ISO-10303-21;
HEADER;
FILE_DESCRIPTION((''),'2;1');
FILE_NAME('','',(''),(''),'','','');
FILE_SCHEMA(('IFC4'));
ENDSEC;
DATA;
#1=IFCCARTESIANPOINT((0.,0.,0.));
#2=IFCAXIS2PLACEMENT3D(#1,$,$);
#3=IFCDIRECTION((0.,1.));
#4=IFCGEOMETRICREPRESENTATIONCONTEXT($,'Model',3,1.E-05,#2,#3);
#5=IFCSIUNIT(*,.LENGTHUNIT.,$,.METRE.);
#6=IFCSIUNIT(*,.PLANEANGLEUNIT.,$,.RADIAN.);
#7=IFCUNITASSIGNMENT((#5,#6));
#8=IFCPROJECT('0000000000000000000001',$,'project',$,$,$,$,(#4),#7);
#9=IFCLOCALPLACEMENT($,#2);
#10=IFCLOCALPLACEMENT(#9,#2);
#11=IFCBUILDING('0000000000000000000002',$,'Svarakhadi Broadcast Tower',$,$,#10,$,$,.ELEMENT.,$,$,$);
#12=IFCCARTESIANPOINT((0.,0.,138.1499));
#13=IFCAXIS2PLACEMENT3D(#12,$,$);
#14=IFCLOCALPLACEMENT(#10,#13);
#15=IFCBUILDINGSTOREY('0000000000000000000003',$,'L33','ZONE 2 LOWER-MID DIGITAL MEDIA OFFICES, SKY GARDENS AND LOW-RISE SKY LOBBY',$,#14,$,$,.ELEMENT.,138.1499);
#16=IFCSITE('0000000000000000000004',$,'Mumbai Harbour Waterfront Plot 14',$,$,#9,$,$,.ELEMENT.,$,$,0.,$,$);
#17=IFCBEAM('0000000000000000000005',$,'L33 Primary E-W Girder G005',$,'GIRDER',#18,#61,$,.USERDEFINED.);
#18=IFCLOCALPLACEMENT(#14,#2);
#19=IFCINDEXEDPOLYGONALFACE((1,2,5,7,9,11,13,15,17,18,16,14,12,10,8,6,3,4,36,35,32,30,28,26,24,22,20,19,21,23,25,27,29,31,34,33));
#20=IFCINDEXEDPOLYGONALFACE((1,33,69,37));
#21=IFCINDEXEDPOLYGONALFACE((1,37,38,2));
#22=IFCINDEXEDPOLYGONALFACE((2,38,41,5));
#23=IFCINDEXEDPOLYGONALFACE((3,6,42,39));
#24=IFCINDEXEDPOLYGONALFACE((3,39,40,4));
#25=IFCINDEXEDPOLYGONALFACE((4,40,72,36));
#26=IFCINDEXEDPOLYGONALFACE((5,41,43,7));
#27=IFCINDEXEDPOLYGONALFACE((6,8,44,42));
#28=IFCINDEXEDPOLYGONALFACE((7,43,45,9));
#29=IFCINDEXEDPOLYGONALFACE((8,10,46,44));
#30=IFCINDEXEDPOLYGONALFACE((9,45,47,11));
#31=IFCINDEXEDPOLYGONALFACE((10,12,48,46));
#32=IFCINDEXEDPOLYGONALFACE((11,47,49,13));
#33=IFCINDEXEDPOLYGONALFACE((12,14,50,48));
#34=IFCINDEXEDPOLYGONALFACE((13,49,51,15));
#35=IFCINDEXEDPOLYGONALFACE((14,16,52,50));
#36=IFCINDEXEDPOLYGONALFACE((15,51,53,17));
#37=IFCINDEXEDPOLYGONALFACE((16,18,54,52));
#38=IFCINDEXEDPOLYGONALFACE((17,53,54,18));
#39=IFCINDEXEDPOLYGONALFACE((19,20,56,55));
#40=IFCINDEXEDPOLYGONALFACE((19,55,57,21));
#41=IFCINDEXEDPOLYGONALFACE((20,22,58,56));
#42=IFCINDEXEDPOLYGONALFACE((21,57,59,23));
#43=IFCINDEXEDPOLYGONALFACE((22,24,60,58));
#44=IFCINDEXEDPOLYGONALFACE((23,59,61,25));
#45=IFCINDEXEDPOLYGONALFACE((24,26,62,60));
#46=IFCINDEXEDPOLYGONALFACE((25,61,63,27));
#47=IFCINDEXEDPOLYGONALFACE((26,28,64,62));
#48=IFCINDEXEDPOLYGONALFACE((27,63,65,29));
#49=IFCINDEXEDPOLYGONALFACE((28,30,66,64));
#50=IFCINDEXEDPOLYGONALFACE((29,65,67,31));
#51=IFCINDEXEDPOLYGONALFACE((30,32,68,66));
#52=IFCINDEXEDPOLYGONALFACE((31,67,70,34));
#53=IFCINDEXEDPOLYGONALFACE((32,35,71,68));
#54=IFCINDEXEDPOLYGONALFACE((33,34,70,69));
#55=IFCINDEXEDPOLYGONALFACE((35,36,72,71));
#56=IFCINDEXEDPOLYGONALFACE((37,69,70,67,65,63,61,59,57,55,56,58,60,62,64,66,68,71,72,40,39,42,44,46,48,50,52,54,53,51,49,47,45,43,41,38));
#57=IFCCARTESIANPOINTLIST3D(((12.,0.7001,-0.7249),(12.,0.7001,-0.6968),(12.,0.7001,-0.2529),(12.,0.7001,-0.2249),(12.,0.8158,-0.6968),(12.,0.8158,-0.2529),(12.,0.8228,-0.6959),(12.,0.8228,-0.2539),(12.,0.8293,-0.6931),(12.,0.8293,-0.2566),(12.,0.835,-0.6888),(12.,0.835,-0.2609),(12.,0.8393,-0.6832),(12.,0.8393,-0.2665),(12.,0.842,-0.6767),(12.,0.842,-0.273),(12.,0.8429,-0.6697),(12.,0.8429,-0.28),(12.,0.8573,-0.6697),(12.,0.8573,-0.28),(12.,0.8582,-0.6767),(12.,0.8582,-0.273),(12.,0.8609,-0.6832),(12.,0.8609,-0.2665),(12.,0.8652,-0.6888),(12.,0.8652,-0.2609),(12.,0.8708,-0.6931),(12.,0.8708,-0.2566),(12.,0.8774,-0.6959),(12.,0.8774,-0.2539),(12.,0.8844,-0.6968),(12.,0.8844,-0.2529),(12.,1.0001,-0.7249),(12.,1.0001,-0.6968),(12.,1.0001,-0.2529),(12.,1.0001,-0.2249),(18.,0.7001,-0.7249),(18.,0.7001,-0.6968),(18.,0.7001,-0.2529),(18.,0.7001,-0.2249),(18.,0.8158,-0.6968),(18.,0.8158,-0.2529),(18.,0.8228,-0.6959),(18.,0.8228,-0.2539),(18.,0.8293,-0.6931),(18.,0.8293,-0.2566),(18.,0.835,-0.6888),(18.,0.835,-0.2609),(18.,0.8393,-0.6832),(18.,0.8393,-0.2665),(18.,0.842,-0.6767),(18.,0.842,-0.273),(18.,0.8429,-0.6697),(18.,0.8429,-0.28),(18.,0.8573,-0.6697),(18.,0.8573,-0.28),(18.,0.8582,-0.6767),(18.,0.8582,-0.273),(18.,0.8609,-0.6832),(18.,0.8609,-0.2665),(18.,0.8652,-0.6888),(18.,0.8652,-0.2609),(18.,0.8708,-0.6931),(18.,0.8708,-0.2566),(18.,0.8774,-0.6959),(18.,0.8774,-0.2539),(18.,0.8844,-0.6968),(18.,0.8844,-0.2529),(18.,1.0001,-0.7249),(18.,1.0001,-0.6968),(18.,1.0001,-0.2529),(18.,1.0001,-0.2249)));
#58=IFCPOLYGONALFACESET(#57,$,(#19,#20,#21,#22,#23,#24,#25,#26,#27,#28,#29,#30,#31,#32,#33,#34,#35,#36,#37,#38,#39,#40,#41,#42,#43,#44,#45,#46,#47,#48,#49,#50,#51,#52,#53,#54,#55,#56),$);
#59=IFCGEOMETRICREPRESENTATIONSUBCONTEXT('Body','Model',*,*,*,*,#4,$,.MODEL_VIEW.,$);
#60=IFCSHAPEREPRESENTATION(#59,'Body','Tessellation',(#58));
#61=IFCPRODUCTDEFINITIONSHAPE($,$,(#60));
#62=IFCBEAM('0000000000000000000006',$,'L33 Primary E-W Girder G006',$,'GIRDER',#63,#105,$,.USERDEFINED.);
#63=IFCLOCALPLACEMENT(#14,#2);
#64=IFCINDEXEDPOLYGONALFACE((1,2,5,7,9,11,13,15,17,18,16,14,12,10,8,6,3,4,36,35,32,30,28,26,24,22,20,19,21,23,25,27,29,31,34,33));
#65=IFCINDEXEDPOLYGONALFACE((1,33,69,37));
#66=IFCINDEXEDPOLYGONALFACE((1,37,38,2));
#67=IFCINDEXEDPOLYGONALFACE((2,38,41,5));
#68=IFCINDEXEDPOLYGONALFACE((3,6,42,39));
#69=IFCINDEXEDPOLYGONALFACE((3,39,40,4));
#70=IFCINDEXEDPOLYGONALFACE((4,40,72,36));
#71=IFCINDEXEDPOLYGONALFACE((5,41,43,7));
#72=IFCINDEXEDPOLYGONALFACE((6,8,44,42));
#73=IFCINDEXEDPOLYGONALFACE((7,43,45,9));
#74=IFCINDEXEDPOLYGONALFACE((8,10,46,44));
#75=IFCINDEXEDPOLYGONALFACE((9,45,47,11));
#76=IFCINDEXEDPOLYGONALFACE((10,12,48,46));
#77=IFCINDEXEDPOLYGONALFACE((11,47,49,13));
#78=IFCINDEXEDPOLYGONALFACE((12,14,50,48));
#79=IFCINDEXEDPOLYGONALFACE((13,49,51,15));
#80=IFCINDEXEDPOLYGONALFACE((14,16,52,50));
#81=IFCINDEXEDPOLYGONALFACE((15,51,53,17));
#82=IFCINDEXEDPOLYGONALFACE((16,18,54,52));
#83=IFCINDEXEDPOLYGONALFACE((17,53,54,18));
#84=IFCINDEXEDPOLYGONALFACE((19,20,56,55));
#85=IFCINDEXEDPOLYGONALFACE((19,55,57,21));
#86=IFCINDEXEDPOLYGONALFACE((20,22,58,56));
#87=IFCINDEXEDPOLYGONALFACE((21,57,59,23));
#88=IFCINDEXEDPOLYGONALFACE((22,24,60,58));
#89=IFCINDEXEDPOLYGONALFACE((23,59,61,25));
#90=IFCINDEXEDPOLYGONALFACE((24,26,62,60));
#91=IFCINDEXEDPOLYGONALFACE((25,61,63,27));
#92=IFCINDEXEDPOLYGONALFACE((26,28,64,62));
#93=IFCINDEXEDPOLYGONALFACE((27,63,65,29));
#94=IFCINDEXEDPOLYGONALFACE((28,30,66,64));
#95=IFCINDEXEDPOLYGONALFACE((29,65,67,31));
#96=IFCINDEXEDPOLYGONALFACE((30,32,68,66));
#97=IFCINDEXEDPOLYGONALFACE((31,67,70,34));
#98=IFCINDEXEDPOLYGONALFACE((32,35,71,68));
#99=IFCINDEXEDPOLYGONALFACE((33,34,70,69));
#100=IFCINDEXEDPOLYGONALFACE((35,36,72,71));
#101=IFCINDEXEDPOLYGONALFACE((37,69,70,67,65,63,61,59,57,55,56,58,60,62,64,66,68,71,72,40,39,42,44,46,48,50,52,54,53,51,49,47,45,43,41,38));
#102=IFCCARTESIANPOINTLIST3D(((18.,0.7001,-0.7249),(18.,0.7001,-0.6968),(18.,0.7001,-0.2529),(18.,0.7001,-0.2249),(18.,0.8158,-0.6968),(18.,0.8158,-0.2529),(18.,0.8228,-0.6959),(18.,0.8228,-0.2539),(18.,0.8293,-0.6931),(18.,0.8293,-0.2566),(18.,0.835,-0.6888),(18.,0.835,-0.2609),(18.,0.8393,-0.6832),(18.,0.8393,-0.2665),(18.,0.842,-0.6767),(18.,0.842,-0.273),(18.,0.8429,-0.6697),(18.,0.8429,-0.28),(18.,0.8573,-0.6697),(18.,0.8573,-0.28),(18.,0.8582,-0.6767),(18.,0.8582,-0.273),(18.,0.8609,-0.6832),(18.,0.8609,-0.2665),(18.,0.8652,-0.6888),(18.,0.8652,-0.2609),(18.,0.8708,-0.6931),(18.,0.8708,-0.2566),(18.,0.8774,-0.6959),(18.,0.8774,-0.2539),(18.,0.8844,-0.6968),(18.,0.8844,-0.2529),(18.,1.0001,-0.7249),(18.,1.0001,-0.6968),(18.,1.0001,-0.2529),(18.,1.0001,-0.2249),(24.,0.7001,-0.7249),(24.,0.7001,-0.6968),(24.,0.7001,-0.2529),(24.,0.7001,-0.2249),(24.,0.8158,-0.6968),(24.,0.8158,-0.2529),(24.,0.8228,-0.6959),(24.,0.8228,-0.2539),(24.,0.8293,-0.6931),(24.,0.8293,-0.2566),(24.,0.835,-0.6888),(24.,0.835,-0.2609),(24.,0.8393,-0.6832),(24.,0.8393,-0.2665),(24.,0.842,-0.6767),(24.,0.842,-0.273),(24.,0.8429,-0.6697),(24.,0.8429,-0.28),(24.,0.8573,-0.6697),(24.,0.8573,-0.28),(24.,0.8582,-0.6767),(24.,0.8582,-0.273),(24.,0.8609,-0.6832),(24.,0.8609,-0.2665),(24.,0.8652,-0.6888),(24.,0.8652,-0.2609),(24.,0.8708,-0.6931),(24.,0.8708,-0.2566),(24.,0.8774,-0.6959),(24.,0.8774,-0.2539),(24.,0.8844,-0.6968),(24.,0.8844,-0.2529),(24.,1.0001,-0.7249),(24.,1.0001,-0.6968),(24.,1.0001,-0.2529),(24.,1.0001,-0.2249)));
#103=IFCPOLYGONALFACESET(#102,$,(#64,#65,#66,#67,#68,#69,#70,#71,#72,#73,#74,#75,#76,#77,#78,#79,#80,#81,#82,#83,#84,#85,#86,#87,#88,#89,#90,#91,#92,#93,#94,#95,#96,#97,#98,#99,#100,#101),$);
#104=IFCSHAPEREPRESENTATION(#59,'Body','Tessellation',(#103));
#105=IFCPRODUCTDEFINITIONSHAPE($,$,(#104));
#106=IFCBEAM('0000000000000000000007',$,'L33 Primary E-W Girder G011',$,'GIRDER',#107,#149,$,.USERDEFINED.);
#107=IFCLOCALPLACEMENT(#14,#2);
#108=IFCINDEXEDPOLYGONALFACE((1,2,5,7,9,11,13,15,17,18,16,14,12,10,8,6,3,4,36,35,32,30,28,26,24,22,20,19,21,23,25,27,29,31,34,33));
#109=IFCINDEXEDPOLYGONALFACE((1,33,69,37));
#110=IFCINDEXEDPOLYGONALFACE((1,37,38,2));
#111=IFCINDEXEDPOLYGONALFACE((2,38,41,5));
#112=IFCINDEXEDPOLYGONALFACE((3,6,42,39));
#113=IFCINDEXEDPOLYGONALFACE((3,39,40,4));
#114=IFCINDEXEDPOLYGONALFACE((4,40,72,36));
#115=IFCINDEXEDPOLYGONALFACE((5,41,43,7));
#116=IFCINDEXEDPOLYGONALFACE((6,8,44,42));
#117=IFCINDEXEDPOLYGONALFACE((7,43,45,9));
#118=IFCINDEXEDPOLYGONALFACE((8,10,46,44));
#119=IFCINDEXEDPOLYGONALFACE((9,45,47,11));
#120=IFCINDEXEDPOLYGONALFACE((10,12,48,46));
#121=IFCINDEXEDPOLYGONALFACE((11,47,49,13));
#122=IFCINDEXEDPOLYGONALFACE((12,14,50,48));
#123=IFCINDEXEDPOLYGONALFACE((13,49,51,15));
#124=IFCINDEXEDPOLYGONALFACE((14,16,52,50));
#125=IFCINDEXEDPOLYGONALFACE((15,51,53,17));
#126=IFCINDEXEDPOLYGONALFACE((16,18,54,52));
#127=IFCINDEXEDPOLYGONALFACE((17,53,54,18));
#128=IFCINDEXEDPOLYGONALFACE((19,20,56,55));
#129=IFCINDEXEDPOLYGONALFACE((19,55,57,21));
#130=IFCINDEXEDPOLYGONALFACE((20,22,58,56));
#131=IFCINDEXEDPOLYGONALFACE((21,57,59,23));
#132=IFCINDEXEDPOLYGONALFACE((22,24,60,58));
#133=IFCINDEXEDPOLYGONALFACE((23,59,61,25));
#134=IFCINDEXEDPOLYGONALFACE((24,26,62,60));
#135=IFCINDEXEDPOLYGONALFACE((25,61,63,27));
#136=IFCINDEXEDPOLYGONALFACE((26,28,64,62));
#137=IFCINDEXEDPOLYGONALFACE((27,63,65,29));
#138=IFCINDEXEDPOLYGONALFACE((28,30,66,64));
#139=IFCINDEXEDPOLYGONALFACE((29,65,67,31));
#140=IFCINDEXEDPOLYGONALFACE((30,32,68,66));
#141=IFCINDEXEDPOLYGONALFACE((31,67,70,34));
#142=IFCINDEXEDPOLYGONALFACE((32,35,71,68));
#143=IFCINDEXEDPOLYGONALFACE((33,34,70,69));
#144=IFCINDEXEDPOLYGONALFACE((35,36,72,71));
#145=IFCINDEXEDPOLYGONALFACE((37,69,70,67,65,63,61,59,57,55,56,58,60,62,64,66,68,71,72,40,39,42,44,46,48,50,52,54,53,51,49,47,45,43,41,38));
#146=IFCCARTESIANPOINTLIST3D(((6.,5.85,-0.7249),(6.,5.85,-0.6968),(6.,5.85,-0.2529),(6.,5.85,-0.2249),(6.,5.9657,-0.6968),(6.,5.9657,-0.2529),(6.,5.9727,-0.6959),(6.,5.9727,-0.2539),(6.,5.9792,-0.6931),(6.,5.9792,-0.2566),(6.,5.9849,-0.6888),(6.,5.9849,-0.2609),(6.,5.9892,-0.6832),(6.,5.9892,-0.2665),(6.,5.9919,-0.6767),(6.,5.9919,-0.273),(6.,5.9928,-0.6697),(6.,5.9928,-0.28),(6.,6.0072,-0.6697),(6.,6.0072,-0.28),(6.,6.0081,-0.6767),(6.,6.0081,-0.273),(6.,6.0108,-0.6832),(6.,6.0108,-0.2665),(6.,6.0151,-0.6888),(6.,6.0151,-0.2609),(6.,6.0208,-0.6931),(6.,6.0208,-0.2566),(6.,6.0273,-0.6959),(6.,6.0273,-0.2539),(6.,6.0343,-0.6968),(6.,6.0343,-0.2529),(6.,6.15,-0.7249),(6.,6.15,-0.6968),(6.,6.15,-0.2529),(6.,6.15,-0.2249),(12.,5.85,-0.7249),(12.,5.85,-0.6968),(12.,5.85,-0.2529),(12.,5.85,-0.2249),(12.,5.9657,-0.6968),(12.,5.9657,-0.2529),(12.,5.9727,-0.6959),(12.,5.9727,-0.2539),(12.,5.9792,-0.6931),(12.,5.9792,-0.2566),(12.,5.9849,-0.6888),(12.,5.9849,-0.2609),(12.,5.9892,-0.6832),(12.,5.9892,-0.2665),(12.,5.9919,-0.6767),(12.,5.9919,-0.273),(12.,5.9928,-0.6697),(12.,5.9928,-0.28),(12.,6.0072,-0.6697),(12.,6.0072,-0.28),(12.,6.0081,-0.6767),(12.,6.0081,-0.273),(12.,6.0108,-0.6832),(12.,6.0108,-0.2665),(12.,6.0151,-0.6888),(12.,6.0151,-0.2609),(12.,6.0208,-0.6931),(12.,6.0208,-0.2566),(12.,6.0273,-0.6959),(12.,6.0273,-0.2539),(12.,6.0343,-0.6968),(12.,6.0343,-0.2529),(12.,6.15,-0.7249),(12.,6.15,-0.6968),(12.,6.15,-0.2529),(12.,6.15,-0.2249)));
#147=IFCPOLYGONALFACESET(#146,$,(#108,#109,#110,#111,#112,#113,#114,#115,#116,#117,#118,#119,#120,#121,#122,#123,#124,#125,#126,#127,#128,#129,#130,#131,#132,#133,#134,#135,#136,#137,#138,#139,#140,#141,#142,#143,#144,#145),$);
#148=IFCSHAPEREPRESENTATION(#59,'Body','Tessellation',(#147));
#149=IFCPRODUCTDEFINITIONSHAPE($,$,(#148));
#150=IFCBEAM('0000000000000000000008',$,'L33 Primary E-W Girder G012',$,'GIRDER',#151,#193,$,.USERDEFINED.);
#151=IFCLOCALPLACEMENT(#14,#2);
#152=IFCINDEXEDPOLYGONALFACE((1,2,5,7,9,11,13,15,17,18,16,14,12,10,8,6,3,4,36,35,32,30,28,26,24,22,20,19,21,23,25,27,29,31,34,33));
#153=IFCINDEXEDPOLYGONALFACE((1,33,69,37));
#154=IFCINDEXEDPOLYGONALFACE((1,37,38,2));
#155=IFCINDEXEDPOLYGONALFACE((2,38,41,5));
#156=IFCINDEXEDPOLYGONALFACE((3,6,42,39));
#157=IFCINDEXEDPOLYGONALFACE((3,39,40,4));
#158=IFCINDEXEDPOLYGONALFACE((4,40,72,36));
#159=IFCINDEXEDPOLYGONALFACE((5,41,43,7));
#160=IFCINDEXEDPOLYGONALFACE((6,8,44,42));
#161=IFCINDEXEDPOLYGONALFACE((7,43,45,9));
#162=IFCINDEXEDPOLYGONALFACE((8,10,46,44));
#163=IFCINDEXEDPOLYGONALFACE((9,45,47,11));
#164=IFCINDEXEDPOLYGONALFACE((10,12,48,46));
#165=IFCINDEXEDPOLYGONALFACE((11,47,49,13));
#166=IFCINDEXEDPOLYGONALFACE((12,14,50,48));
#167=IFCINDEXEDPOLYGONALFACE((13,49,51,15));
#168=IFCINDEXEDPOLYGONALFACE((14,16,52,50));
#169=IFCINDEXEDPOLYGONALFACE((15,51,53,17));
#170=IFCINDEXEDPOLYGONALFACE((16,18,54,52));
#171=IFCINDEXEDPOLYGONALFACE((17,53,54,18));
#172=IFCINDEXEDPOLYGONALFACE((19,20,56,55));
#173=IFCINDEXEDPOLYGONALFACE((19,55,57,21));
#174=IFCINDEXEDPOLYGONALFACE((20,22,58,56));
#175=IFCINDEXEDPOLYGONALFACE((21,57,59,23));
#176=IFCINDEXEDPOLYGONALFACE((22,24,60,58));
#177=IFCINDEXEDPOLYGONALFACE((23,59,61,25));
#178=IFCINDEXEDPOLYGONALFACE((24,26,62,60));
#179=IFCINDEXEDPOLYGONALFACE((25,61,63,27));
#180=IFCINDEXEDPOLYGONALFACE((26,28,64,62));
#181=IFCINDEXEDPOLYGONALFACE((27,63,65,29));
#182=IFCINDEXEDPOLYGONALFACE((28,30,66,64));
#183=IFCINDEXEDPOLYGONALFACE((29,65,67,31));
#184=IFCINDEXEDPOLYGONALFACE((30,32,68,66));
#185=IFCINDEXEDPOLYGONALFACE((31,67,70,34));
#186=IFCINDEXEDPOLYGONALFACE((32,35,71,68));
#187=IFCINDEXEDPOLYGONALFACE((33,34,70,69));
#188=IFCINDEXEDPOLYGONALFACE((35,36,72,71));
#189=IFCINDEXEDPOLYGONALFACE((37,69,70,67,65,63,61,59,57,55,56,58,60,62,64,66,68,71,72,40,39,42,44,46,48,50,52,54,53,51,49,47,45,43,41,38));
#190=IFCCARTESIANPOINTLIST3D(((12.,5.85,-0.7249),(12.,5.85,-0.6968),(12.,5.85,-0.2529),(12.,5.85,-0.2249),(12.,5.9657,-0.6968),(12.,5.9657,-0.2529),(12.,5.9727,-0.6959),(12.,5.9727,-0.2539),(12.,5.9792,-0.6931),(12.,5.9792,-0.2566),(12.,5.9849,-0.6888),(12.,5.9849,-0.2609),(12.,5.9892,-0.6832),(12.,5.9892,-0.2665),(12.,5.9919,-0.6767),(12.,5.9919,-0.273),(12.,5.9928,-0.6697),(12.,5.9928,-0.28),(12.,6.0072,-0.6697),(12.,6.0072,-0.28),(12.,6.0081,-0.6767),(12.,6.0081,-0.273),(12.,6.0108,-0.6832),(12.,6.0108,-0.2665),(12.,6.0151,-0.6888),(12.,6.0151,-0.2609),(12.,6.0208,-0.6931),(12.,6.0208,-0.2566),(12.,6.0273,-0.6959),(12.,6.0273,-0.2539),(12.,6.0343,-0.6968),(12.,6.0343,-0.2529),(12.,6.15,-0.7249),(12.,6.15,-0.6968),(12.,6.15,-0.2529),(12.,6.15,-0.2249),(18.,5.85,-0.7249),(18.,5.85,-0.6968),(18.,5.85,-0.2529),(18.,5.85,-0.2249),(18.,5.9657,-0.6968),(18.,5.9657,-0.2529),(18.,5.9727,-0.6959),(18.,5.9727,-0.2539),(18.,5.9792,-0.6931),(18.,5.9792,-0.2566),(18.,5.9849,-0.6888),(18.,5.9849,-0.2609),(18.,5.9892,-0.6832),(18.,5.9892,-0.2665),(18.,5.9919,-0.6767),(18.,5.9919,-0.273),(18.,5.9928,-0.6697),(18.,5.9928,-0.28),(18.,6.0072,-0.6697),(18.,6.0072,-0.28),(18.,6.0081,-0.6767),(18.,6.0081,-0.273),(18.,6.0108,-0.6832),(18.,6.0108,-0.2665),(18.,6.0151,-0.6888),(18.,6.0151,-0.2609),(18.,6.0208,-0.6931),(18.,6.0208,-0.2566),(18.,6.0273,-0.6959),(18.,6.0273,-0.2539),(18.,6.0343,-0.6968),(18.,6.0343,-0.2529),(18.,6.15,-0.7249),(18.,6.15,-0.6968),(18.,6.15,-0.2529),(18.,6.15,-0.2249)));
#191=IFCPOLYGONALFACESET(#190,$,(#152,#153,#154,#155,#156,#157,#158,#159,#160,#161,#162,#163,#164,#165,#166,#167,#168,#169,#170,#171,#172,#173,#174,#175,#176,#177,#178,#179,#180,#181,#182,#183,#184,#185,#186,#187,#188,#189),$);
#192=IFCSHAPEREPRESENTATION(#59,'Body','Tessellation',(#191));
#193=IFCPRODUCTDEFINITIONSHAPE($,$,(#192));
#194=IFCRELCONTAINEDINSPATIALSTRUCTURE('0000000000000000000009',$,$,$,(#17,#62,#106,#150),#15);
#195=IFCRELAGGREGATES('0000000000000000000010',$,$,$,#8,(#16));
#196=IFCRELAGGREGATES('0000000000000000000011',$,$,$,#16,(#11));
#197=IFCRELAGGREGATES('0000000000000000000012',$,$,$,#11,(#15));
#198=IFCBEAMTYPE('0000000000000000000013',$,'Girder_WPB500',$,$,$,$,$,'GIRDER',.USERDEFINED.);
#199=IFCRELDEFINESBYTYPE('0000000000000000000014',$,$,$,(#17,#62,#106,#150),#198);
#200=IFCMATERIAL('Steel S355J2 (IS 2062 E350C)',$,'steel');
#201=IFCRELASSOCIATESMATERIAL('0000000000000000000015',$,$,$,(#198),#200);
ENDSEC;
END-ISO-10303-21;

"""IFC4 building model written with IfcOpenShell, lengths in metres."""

from ifc_helpers import new_model, si_unit, direction, frame, origin, origin_2d, place, context, subcontext, project, spatial, i_section, extrude, material, material_profile, profile_set, type_object, element, save


model = new_model("IFC4")

# Units and contexts
model_context = context("Model", 3, precision=1e-05, world=origin(), true_north=direction((0.0, 1.0)))
body_context = subcontext(model_context, "Body", "Model", "MODEL_VIEW")
ifc_project = project(units=[si_unit("LENGTHUNIT", "METRE"), si_unit("PLANEANGLEUNIT", "RADIAN")], contexts=[model_context])

# Site, building, storey
site_placement = place(None, origin())
site = spatial("IfcSite", under=ifc_project, at=site_placement, Name="Mumbai Harbour Waterfront Plot 14", CompositionType="ELEMENT", RefElevation=0.0)
building_placement = place(site_placement, origin())
building = spatial("IfcBuilding", under=site, at=building_placement, Name="Svarakhadi Broadcast Tower", CompositionType="ELEMENT")
storey_placement = place(building_placement, frame((0.0, 0.0, 138.1499)))
storey = spatial("IfcBuildingStorey", under=building, at=storey_placement, Name="L33", Description="ZONE 2 LOWER-MID DIGITAL MEDIA OFFICES, SKY GARDENS AND LOW-RISE SKY LOBBY", CompositionType="ELEMENT", Elevation=138.1499)

# Shared definitions
ifc_material_1 = material(Name="Steel S355J2 (IS 2062 E350C)", Category="steel")

# Beams
ifc_material_profile_1 = material_profile(ifc_material_1, i_section(OverallWidth=0.3, OverallDepth=0.5, WebThickness=0.0144, FlangeThickness=0.0281, FilletRadius=0.0271, at=origin_2d()), Name="WPB 500x300x187")
ifc_profile_set_1 = profile_set([ifc_material_profile_1], Name="Steel S355J2 (IS 2062 E350C)")
beam_type_1 = type_object("IfcBeamType", Name="Girder_WPB500", ElementType="GIRDER", PredefinedType="USERDEFINED", material=ifc_profile_set_1)
for number, where, z_axis, x_axis, name in (
    (1, (12.0, 0.8501, -0.4749), (1.0, 0.0, 0.0), (0.0, 1.0, 0.0), "L33 Primary E-W Girder G005"),
    (2, (18.0, 0.8501, -0.4749), (1.0, 0.0, 0.0), (0.0, 1.0, 0.0), "L33 Primary E-W Girder G006"),
    (3, (6.0, 6.0, -0.4749), (1.0, 0.0, 0.0), (0.0, 1.0, 0.0), "L33 Primary E-W Girder G011"),
    (4, (12.0, 6.0, -0.4749), (1.0, 0.0, 0.0), (0.0, 1.0, 0.0), "L33 Primary E-W Girder G012"),
):
    element("IfcBeam", number, at=place(storey_placement, frame(where, z_axis=z_axis, x_axis=x_axis)), inside=storey, type_object=beam_type_1, Name=name, ObjectType="GIRDER", PredefinedType="USERDEFINED", context=body_context, shape_type="SweptSolid", body=[
        extrude(i_section(OverallWidth=0.3, OverallDepth=0.5, WebThickness=0.0144, FlangeThickness=0.0281, FilletRadius=0.0271, at=origin_2d()), origin(), (0.0, 0.0, 1.0), 6.0),
    ])

save(model, "model.ifc")
